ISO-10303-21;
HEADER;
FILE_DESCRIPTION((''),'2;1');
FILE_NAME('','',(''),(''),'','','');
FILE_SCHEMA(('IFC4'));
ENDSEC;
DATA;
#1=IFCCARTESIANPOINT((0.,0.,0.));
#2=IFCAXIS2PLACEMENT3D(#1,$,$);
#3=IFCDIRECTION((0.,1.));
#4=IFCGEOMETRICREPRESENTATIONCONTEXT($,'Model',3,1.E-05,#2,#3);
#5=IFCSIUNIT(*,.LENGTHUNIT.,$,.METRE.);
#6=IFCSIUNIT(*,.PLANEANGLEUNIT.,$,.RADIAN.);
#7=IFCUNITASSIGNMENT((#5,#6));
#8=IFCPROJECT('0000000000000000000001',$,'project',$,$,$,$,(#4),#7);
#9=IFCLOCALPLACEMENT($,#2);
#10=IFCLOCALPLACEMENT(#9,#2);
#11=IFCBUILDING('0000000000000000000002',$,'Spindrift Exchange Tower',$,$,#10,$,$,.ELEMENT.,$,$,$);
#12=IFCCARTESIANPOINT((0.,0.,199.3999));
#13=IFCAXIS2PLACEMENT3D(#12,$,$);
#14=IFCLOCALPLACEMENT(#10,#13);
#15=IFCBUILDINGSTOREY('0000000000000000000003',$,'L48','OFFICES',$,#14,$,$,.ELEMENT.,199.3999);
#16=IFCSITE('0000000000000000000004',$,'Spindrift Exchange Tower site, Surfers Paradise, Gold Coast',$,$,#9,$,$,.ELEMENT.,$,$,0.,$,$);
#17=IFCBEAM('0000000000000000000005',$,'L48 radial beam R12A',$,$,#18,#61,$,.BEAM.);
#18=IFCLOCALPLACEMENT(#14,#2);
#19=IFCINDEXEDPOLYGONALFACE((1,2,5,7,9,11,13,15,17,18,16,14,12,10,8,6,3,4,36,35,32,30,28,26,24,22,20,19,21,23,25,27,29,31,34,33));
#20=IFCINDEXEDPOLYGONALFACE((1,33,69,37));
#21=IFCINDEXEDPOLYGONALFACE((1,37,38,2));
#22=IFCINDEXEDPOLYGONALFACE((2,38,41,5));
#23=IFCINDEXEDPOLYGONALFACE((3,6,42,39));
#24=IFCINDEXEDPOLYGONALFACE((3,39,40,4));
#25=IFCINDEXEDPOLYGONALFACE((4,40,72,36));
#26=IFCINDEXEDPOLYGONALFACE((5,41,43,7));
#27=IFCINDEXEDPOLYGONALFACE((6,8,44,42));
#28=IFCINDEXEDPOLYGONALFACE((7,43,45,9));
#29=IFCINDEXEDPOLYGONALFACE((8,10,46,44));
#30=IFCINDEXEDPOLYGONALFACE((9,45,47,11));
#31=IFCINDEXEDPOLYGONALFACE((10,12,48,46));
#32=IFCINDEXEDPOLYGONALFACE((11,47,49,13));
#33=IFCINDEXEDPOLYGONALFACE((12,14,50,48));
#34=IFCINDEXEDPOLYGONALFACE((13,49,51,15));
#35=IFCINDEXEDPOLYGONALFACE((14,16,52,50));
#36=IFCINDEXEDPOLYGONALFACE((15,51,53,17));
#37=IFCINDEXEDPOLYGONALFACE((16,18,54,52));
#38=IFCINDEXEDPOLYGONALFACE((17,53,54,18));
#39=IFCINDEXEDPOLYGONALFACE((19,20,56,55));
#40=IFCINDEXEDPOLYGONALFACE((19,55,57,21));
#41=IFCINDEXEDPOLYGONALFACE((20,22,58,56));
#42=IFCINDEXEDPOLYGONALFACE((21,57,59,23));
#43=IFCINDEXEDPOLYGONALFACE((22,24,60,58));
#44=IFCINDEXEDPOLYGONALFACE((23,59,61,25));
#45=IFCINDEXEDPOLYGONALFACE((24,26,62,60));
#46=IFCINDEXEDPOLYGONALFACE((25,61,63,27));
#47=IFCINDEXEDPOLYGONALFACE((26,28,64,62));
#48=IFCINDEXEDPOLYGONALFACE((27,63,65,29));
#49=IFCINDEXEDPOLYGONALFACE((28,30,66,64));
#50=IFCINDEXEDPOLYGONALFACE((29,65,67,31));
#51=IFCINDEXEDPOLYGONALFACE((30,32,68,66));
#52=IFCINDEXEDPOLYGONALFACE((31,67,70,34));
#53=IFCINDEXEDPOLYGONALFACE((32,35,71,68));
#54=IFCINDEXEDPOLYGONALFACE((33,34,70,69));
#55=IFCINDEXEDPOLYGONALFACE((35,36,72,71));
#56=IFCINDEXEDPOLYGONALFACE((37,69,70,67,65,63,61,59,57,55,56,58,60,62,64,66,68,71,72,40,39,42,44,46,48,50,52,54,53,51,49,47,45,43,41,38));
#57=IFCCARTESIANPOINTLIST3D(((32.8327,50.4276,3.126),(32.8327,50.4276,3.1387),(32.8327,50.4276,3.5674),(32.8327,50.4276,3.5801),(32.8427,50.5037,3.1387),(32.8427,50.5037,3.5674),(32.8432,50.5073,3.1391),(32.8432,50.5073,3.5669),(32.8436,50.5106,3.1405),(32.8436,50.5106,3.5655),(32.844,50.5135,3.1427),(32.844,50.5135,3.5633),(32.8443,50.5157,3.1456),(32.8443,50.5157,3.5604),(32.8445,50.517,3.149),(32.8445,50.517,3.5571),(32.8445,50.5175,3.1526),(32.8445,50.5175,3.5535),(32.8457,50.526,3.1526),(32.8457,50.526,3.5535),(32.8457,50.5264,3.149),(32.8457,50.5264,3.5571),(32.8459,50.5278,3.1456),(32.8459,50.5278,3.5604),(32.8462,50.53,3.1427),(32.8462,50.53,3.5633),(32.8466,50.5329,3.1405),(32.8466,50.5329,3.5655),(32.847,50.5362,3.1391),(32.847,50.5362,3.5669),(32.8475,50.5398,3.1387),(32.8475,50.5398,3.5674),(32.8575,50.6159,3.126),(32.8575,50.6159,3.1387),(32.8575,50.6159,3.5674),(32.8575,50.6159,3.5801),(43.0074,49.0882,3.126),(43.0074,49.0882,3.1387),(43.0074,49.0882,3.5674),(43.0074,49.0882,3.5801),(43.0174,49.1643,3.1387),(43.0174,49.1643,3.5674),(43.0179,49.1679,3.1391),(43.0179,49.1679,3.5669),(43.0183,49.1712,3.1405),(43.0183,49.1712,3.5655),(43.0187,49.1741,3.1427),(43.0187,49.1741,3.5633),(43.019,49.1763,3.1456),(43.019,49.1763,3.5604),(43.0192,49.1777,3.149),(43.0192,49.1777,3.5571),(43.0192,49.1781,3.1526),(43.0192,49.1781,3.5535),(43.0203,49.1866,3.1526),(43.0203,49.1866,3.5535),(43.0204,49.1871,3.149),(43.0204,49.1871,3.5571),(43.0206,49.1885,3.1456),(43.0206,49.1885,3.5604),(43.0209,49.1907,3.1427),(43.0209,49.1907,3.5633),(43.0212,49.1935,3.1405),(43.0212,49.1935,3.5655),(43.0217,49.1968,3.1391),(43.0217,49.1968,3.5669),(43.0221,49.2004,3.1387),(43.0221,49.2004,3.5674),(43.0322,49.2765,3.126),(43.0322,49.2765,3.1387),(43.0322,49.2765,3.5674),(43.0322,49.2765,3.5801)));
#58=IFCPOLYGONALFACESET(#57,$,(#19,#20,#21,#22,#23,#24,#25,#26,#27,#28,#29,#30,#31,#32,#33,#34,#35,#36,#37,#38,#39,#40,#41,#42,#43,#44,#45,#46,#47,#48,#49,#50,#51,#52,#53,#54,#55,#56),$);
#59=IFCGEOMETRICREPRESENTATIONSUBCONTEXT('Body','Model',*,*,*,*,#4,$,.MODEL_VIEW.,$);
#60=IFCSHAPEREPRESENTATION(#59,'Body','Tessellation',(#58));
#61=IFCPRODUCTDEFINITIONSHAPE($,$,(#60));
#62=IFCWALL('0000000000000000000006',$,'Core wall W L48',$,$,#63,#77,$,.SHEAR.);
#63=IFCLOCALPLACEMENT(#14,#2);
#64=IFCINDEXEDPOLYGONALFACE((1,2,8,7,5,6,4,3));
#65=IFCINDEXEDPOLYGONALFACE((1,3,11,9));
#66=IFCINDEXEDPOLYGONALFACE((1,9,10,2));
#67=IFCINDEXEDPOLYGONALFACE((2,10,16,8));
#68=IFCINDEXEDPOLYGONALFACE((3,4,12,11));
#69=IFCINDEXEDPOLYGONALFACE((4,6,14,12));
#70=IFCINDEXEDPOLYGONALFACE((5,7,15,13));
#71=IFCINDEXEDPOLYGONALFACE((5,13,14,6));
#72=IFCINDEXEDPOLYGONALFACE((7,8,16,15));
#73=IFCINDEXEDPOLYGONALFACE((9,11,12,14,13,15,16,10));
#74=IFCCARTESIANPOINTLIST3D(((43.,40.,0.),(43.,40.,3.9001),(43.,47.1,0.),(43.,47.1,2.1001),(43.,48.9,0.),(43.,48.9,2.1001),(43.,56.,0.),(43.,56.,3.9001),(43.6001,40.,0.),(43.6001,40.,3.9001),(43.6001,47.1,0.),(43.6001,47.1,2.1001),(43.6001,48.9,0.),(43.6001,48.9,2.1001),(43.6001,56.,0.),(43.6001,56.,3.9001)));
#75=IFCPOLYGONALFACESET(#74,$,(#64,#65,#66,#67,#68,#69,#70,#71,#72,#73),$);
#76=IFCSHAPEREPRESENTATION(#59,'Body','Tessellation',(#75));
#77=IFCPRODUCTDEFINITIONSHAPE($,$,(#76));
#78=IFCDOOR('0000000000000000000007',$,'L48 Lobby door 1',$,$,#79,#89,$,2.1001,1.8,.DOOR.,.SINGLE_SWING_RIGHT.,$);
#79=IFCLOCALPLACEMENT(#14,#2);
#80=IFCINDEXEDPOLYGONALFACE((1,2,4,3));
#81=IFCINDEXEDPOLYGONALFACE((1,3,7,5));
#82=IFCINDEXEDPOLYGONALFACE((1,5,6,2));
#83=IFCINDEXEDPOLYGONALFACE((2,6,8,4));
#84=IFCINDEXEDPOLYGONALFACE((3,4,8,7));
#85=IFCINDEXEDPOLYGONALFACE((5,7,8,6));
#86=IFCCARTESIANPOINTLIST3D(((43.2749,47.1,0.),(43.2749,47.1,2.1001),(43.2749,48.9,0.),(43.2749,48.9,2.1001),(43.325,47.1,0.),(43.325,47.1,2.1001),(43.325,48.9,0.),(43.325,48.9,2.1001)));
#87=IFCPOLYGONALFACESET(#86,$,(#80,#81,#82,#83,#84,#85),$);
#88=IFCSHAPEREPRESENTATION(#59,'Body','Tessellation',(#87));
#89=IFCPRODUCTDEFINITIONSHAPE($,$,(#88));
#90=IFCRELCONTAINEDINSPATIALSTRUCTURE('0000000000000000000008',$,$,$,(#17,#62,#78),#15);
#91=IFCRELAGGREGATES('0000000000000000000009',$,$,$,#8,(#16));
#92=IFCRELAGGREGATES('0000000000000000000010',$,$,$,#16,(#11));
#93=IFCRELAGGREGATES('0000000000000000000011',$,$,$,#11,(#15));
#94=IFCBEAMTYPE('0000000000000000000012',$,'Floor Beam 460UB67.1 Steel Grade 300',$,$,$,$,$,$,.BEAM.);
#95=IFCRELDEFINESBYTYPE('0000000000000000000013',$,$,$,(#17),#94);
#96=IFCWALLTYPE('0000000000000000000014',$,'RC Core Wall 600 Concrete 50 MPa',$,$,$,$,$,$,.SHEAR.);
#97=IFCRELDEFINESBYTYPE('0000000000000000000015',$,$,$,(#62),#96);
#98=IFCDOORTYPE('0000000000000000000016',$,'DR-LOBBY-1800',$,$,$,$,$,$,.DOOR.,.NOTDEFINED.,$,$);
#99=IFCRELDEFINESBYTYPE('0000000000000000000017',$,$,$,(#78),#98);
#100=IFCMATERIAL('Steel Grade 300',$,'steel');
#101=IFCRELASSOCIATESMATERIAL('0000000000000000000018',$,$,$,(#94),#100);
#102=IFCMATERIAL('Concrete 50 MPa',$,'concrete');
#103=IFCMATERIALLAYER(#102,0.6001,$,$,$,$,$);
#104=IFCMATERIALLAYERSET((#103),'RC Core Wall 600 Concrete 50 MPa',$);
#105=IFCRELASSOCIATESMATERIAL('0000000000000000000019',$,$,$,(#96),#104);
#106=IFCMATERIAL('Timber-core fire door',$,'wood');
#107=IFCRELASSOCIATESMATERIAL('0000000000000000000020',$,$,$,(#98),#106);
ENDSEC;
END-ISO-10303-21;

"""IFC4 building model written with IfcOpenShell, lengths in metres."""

from ifc_helpers import new_model, si_unit, direction, frame, frame_2d, origin, origin_2d, place, context, subcontext, project, spatial, rectangle, i_section, extrude, source, transform, mapped, material, layer, layer_set, material_profile, profile_set, type_object, element, fill, save


model = new_model("IFC4")

# Units and contexts
model_context = context("Model", 3, precision=1e-05, world=origin(), true_north=direction((0.0, 1.0)))
body_context = subcontext(model_context, "Body", "Model", "MODEL_VIEW")
ifc_project = project(units=[si_unit("LENGTHUNIT", "METRE"), si_unit("PLANEANGLEUNIT", "RADIAN")], contexts=[model_context])

# Site, building, storey
site_placement = place(None, origin())
site = spatial("IfcSite", under=ifc_project, at=site_placement, Name="Spindrift Exchange Tower site, Surfers Paradise, Gold Coast", CompositionType="ELEMENT", RefElevation=0.0)
building_placement = place(site_placement, origin())
building = spatial("IfcBuilding", under=site, at=building_placement, Name="Spindrift Exchange Tower", CompositionType="ELEMENT")
storey_placement = place(building_placement, frame((0.0, 0.0, 199.3999)))
storey = spatial("IfcBuildingStorey", under=building, at=storey_placement, Name="L48", Description="OFFICES", CompositionType="ELEMENT", Elevation=199.3999)

# Beam
ifc_material_1 = material(Name="Steel Grade 300", Category="steel")
ifc_material_profile_1 = material_profile(ifc_material_1, i_section(OverallWidth=0.1899, OverallDepth=0.4541, WebThickness=0.0085, FlangeThickness=0.0127, FilletRadius=0.0139, at=origin_2d()), Name="460UB67.1")
ifc_profile_set_1 = profile_set([ifc_material_profile_1], Name="Steel Grade 300")
beam_type_1 = type_object("IfcBeamType", Name="Floor Beam 460UB67.1 Steel Grade 300", PredefinedType="BEAM", material=ifc_profile_set_1)
shared_shape_1 = source(origin(), body_context, "Body", "SweptSolid", [
    extrude(i_section(OverallWidth=0.1899, OverallDepth=0.4541, WebThickness=0.0085, FlangeThickness=0.0127, FilletRadius=0.0139, at=origin_2d()), origin(), (0.0, 0.0, 1.0), 10.2625),
])
beam_1_placement = place(storey_placement, frame((43.0198, 49.1824, 3.353), z_axis=(-0.991447, 0.130512, 0.0), x_axis=(-0.130512, -0.991447, 0.0)))
element("IfcBeam", 1, at=beam_1_placement, inside=storey, type_object=beam_type_1, Name="L48 radial beam R12A", PredefinedType="BEAM", context=body_context, shape_type="MappedRepresentation", body=[
    mapped(shared_shape_1, transform((0.0, 0.0, 0.0), scale=1.0)),
])

# Wall, opening, door
ifc_material_2 = material(Name="Concrete 50 MPa", Category="concrete")
ifc_layer_1 = layer(ifc_material_2, 0.6001)
ifc_layer_set_1 = layer_set([ifc_layer_1], Name="RC Core Wall 600 Concrete 50 MPa")
wall_type_1 = type_object("IfcWallType", Name="RC Core Wall 600 Concrete 50 MPa", PredefinedType="SHEAR", material=ifc_layer_set_1)
wall_1_placement = place(storey_placement, frame((43.3, 56.0, 0.0), z_axis=(0.0, 0.0, 1.0), x_axis=(0.0, -1.0, 0.0)))
wall_1 = element("IfcWall", 2, at=wall_1_placement, inside=storey, type_object=wall_type_1, Name="Core wall W L48", PredefinedType="SHEAR", context=body_context, shape_type="SweptSolid", body=[
    extrude(rectangle(XDim=16.0, YDim=0.6001, at=frame_2d((8.0, 0.0))), origin(), (0.0, 0.0, 1.0), 3.9001),
])
opening_1_placement = place(wall_1_placement, frame((7.1001, 0.0, 0.0)))
opening_1 = element("IfcOpeningElement", 3, at=opening_1_placement, cuts=wall_1, PredefinedType="OPENING", context=body_context, shape_type="SweptSolid", body=[
    extrude(rectangle(XDim=1.8, YDim=2.1001, at=frame_2d((0.8999, 1.05))), frame((0.0, 0.3101, 0.0), z_axis=(0.0, -1.0, 0.0), x_axis=(1.0, 0.0, 0.0)), (0.0, 0.0, 1.0), 0.6201),
])
ifc_material_3 = material(Name="Timber-core fire door", Category="wood")
door_type_1 = type_object("IfcDoorType", Name="DR-LOBBY-1800", OperationType="NOTDEFINED", PredefinedType="DOOR", material=ifc_material_3)
shared_shape_2 = source(origin(), body_context, "Body", "SweptSolid", [
    extrude(rectangle(XDim=1.8, YDim=2.1001, at=frame_2d((0.8999, 1.05))), frame((0.0, 0.0249, 0.0), z_axis=(0.0, -1.0, 0.0), x_axis=(1.0, 0.0, 0.0)), (0.0, 0.0, 1.0), 0.05),
])
door_1_placement = place(opening_1_placement, origin())
door_1 = element("IfcDoor", 4, at=door_1_placement, inside=storey, type_object=door_type_1, Name="L48 Lobby door 1", OperationType="SINGLE_SWING_RIGHT", OverallHeight=2.1001, OverallWidth=1.8, PredefinedType="DOOR", context=body_context, shape_type="MappedRepresentation", body=[
    mapped(shared_shape_2, transform((0.0, 0.0, 0.0), scale=1.0)),
])
fill(opening_1, door_1)

save(model, "model.ifc")
